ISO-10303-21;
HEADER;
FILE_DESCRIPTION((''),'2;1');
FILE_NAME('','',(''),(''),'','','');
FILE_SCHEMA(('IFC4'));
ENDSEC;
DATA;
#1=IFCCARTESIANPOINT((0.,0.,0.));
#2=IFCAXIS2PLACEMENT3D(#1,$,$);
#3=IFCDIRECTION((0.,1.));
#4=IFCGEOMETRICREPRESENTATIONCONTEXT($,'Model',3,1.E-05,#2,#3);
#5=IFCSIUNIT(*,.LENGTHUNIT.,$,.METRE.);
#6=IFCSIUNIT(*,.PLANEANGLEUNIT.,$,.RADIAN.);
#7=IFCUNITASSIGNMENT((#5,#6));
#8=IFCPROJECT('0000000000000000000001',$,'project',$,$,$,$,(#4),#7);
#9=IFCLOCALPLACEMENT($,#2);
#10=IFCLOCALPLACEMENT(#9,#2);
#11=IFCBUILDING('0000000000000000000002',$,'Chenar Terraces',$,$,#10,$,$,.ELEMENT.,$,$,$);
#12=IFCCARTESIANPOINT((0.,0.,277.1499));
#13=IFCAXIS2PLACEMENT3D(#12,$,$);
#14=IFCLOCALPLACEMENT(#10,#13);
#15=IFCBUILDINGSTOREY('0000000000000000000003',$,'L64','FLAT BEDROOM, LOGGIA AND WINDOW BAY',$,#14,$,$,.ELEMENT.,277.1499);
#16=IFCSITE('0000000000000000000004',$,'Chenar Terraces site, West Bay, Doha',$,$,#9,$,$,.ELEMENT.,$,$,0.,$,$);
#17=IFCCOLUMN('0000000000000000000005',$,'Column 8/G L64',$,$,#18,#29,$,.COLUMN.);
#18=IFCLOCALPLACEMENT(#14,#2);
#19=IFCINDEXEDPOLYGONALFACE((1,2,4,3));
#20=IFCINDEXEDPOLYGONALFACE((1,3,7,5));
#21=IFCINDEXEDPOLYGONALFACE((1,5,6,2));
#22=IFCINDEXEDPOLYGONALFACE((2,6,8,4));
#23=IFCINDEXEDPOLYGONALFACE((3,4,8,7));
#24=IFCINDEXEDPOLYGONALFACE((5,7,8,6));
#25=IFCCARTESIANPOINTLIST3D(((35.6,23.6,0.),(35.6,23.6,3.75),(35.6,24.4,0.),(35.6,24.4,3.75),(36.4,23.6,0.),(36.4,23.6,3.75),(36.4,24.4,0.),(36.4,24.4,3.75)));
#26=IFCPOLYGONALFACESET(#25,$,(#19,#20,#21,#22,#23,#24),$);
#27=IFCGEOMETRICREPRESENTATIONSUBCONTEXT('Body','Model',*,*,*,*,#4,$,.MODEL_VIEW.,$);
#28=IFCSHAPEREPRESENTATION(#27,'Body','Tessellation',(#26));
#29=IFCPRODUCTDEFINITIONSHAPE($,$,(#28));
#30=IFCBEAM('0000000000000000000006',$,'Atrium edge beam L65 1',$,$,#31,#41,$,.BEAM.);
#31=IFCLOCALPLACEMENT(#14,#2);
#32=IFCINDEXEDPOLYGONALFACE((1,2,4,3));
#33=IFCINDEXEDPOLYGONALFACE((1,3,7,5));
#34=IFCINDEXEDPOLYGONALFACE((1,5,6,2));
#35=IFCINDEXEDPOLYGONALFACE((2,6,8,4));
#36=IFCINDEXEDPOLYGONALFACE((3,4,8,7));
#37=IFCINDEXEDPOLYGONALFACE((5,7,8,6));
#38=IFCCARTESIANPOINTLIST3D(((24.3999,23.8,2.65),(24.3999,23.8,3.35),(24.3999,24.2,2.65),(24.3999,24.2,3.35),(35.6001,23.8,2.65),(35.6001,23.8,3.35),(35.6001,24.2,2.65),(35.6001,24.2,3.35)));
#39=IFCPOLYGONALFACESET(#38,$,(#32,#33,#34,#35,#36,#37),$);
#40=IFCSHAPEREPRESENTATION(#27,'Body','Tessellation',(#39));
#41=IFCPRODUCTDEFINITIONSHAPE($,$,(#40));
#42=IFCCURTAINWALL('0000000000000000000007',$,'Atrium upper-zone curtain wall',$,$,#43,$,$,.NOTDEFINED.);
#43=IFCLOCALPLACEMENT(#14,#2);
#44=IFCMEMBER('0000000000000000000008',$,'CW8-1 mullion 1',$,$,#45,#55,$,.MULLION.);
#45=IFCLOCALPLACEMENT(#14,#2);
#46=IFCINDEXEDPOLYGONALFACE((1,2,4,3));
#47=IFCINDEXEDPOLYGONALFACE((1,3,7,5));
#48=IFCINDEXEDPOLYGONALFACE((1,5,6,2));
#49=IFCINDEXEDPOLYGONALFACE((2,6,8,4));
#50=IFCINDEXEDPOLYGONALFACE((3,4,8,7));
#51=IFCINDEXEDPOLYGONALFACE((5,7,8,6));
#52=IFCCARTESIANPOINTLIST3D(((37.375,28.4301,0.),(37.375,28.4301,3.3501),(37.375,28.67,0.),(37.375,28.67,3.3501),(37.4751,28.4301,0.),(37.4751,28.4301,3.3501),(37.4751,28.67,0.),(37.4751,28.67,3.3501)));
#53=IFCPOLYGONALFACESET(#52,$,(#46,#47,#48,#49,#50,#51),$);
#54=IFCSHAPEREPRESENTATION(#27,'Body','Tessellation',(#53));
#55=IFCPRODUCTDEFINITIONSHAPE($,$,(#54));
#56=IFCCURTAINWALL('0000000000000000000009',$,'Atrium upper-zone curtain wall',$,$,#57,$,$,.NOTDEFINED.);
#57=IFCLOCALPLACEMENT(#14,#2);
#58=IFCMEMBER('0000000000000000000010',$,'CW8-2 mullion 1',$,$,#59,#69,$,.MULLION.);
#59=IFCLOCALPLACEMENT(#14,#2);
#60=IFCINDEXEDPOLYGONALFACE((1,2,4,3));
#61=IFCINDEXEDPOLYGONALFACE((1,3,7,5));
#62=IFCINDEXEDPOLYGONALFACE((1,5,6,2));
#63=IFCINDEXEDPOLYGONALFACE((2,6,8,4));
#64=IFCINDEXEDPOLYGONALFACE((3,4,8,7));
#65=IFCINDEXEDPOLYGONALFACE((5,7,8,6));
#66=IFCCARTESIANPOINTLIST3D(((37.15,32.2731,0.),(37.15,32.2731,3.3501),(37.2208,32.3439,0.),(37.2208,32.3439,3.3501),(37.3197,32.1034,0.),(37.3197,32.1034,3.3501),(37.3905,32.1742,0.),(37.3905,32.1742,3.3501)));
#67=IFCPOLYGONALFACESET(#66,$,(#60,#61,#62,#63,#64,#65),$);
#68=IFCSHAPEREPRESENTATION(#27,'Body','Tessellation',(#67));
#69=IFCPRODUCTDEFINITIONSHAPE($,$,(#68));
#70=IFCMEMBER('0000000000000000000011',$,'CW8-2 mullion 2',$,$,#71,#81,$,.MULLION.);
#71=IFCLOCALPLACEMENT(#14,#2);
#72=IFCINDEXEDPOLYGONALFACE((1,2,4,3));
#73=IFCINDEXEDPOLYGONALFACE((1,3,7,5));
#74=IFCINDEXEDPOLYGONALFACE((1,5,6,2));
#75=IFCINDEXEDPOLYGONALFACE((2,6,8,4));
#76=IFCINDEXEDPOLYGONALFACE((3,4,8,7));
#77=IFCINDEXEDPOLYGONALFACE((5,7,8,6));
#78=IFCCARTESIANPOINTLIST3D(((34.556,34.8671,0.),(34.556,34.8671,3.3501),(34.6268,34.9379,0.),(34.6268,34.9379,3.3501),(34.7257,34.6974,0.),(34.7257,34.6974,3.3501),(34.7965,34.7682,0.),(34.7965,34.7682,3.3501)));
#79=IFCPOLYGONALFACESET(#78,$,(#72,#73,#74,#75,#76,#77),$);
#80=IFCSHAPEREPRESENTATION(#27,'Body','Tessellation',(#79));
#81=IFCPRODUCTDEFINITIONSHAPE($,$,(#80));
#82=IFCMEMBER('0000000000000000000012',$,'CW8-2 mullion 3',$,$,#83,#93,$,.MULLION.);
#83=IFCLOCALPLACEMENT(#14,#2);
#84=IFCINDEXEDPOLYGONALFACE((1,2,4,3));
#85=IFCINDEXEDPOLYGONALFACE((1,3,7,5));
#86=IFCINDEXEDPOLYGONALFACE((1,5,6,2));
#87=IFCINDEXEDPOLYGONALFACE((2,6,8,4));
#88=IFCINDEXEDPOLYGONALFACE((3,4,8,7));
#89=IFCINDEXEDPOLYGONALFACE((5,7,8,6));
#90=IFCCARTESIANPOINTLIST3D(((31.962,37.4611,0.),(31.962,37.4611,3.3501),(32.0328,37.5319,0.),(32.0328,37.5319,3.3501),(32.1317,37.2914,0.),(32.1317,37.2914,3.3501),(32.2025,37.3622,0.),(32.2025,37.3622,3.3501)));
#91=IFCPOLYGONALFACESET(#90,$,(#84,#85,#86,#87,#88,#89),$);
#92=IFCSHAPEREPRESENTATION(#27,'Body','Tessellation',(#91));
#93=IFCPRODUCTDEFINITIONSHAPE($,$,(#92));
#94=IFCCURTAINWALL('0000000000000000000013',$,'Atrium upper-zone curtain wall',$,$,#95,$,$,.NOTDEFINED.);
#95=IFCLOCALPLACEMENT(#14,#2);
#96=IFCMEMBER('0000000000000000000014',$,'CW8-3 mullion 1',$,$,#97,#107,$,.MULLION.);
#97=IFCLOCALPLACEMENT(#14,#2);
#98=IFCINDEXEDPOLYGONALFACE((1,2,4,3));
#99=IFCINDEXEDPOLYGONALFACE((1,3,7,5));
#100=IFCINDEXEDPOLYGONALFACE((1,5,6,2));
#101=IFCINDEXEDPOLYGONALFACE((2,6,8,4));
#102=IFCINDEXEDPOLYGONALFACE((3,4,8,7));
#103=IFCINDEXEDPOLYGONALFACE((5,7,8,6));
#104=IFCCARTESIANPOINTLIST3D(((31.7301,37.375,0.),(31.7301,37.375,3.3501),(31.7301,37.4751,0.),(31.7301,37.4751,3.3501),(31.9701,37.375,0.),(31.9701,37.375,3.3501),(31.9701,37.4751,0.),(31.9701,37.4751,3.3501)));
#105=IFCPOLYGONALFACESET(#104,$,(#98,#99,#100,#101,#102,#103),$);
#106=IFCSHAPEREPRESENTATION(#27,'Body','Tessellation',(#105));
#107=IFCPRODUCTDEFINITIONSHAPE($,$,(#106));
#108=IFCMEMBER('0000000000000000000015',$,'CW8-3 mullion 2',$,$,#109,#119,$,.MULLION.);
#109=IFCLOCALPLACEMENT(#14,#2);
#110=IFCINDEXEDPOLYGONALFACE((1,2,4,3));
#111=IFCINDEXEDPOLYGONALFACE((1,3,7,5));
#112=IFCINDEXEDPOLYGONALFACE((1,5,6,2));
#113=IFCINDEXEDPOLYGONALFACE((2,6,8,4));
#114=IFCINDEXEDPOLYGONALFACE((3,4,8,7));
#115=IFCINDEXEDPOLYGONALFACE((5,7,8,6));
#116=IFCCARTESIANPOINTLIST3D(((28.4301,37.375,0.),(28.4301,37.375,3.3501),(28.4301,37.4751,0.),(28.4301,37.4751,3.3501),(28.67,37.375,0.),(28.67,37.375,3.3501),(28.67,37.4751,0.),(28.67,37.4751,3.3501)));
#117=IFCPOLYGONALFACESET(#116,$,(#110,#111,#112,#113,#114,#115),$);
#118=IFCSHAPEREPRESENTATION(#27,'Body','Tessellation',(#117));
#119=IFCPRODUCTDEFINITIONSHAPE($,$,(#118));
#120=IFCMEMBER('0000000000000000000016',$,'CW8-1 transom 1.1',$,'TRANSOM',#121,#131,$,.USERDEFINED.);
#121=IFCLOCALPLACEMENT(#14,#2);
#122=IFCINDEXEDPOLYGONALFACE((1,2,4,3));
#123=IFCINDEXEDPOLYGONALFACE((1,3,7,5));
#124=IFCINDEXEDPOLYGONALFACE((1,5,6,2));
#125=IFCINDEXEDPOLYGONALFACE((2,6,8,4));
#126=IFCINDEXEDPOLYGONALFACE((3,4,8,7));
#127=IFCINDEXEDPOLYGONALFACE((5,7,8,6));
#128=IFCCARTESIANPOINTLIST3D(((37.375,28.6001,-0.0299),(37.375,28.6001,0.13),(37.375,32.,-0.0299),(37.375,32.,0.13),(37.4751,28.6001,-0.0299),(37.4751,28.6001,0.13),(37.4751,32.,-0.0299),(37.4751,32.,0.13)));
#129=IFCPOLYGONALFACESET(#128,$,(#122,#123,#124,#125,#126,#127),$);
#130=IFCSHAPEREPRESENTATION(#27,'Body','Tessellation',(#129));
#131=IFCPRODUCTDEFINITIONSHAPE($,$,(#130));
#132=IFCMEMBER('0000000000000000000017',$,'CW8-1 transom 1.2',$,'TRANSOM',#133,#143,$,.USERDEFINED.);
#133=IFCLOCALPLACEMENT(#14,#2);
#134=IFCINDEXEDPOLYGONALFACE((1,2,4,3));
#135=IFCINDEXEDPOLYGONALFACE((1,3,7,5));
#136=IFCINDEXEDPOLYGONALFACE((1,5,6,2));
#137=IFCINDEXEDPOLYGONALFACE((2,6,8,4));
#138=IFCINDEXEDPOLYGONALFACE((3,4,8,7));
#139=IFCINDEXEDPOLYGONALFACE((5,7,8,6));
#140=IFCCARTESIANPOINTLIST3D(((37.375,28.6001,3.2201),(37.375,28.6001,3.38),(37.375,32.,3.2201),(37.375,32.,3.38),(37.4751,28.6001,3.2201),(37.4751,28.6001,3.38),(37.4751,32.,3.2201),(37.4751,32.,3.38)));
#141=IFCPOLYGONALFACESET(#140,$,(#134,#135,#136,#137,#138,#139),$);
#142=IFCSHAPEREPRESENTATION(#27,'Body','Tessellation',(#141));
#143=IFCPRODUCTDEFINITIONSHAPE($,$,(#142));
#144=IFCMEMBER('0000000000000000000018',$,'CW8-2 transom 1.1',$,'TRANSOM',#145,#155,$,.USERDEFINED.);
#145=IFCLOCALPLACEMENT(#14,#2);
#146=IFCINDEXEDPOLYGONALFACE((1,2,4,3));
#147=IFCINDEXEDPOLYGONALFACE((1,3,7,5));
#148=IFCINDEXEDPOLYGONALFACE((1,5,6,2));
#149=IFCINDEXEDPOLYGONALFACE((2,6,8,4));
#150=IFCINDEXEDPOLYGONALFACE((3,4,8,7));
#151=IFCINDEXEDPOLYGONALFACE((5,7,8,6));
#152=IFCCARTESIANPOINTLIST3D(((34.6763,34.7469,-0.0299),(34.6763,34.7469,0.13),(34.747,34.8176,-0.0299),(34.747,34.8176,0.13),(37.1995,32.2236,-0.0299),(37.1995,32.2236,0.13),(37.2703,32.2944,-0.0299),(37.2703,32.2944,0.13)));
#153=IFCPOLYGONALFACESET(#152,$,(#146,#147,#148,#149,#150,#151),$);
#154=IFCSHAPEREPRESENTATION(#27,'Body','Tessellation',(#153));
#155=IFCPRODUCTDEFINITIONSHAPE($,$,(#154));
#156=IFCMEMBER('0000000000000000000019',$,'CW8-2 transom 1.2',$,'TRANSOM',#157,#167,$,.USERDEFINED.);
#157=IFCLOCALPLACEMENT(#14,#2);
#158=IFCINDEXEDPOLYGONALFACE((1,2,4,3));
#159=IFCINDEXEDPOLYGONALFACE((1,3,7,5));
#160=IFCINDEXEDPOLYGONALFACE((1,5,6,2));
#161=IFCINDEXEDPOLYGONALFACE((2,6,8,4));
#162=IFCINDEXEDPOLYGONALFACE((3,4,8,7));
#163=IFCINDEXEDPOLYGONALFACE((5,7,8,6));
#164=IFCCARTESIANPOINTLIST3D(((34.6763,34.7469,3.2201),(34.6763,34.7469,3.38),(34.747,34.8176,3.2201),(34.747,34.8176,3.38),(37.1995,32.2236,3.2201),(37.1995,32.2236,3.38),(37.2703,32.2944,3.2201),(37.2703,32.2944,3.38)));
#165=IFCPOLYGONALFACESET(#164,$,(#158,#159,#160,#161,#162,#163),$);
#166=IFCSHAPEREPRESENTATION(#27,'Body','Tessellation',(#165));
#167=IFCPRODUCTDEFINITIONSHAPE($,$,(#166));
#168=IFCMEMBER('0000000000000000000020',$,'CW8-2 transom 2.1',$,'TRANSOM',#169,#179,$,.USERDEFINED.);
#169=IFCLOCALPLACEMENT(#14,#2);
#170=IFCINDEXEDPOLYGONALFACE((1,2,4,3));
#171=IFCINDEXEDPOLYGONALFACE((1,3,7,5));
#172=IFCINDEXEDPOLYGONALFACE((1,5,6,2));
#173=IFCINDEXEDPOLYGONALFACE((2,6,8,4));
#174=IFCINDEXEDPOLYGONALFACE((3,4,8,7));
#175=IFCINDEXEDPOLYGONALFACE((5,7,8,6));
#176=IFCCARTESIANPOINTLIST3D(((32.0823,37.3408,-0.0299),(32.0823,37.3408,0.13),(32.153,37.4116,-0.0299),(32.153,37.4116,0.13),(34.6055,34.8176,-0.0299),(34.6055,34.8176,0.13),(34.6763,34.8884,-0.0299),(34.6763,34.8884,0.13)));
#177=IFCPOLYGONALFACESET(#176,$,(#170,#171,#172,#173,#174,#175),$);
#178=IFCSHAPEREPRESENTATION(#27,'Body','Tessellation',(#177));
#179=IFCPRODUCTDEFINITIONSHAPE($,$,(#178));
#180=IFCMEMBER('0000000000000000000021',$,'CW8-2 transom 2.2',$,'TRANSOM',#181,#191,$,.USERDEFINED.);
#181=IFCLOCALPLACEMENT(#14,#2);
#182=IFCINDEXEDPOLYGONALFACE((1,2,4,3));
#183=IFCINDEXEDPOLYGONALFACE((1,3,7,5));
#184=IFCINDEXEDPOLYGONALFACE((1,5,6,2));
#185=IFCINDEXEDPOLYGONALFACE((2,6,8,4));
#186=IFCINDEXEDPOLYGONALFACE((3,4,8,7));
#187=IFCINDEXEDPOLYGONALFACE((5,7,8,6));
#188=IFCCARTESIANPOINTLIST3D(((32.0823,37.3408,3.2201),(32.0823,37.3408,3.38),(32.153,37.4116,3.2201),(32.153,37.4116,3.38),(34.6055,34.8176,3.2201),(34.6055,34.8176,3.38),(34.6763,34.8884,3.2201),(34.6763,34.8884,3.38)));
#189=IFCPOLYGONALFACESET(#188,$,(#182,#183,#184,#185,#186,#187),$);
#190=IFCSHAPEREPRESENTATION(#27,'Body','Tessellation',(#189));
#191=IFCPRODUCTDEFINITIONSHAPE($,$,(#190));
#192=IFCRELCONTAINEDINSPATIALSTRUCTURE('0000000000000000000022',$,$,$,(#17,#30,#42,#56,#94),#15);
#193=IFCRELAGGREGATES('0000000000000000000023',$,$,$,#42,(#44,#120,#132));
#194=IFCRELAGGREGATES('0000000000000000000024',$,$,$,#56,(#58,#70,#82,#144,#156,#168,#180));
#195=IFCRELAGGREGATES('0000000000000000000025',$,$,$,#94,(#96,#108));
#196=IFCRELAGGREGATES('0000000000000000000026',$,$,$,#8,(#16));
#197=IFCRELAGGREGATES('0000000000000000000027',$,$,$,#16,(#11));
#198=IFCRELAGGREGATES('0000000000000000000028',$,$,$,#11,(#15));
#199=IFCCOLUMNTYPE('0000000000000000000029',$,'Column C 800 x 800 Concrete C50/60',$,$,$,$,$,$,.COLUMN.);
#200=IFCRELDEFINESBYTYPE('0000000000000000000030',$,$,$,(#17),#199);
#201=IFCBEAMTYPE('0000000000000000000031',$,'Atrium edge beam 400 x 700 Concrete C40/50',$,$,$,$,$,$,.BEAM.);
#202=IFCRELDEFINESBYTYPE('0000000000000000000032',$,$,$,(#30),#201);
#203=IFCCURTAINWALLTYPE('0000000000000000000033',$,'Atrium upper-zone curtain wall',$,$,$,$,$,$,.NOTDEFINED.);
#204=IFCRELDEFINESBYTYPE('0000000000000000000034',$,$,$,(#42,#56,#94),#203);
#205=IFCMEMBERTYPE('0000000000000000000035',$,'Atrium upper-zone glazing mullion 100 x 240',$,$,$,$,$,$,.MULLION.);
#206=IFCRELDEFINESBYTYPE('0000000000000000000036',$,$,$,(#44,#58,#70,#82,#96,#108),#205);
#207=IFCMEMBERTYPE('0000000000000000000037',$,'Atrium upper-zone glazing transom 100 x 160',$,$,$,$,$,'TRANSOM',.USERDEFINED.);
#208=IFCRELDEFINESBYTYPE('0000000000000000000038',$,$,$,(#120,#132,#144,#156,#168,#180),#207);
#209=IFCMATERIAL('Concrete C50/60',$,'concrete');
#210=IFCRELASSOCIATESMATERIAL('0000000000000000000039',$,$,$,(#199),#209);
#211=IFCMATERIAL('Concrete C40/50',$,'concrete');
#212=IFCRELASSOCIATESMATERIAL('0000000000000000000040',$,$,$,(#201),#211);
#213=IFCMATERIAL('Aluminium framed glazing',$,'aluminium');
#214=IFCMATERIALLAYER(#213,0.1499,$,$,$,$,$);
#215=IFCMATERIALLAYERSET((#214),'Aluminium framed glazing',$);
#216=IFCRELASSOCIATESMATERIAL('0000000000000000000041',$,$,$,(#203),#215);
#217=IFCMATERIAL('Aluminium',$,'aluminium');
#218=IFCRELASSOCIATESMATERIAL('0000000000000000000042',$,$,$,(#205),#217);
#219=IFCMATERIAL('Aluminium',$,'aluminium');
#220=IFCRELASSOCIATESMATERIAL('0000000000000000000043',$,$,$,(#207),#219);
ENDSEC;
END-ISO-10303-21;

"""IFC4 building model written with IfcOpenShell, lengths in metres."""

from ifc_helpers import new_model, si_unit, direction, frame, origin, origin_2d, place, context, subcontext, project, spatial, rectangle, extrude, material, layer, layer_set, material_profile, profile_set, type_object, element, aggregate, save


model = new_model("IFC4")

# Units and contexts
model_context = context("Model", 3, precision=1e-05, world=origin(), true_north=direction((0.0, 1.0)))
body_context = subcontext(model_context, "Body", "Model", "MODEL_VIEW")
ifc_project = project(units=[si_unit("LENGTHUNIT", "METRE"), si_unit("PLANEANGLEUNIT", "RADIAN")], contexts=[model_context])

# Site, building, storey
site_placement = place(None, origin())
site = spatial("IfcSite", under=ifc_project, at=site_placement, Name="Chenar Terraces site, West Bay, Doha", CompositionType="ELEMENT", RefElevation=0.0)
building_placement = place(site_placement, origin())
building = spatial("IfcBuilding", under=site, at=building_placement, Name="Chenar Terraces", CompositionType="ELEMENT")
storey_placement = place(building_placement, frame((0.0, 0.0, 277.1499)))
storey = spatial("IfcBuildingStorey", under=building, at=storey_placement, Name="L64", Description="FLAT BEDROOM, LOGGIA AND WINDOW BAY", CompositionType="ELEMENT", Elevation=277.1499)

# Column
ifc_material_1 = material(Name="Concrete C50/60", Category="concrete")
ifc_material_profile_1 = material_profile(ifc_material_1, rectangle(XDim=0.8, YDim=0.8, at=origin_2d()), Name="C 800 x 800")
ifc_profile_set_1 = profile_set([ifc_material_profile_1], Name="Concrete C50/60")
column_type = type_object("IfcColumnType", Name="Column C 800 x 800 Concrete C50/60", PredefinedType="COLUMN", material=ifc_profile_set_1)
column_placement = place(storey_placement, frame((36.0, 24.0, 0.0), z_axis=(0.0, 0.0, 1.0), x_axis=(1.0, 0.0, 0.0)))
element("IfcColumn", 1, at=column_placement, inside=storey, type_object=column_type, Name="Column 8/G L64", PredefinedType="COLUMN", context=body_context, shape_type="SweptSolid", body=[
    extrude(rectangle(XDim=0.8, YDim=0.8, at=origin_2d()), origin(), (0.0, 0.0, 1.0), 3.75),
])

# Beam
ifc_material_2 = material(Name="Concrete C40/50", Category="concrete")
ifc_material_profile_2 = material_profile(ifc_material_2, rectangle(XDim=0.3999, YDim=0.7, at=origin_2d()), Name="RC 400 x 700")
ifc_profile_set_2 = profile_set([ifc_material_profile_2], Name="Concrete C40/50")
beam_type = type_object("IfcBeamType", Name="Atrium edge beam 400 x 700 Concrete C40/50", PredefinedType="BEAM", material=ifc_profile_set_2)
beam_placement = place(storey_placement, frame((24.3999, 24.0, 3.0), z_axis=(1.0, 0.0, 0.0), x_axis=(0.0, 1.0, 0.0)))
element("IfcBeam", 2, at=beam_placement, inside=storey, type_object=beam_type, Name="Atrium edge beam L65 1", PredefinedType="BEAM", context=body_context, shape_type="SweptSolid", body=[
    extrude(rectangle(XDim=0.3999, YDim=0.7, at=origin_2d()), origin(), (0.0, 0.0, 1.0), 11.2002),
])

# Curtain wall, member
ifc_material_3 = material(Name="Aluminium framed glazing", Category="aluminium")
ifc_layer_1 = layer(ifc_material_3, 0.1499)
ifc_layer_set_1 = layer_set([ifc_layer_1], Name="Aluminium framed glazing")
curtain_wall_type = type_object("IfcCurtainWallType", Name="Atrium upper-zone curtain wall", PredefinedType="NOTDEFINED", material=ifc_layer_set_1)
placement = place(storey_placement, origin())
curtain_wall_1 = element("IfcCurtainWall", 3, at=placement, inside=storey, type_object=curtain_wall_type, Name="Atrium upper-zone curtain wall", PredefinedType="NOTDEFINED")
ifc_material_4 = material(Name="Aluminium", Category="aluminium")
ifc_material_profile_3 = material_profile(ifc_material_4, rectangle(XDim=0.1001, YDim=0.24, at=origin_2d()), Name="Atrium upper-zone glazing mullion 100 x 240")
ifc_profile_set_3 = profile_set([ifc_material_profile_3], Name="Aluminium")
member_type_1 = type_object("IfcMemberType", Name="Atrium upper-zone glazing mullion 100 x 240", PredefinedType="MULLION", material=ifc_profile_set_3)
member_1_placement = place(storey_placement, frame((37.425, 28.55, 0.0), z_axis=(0.0, 0.0, 1.0), x_axis=(-1.0, 0.0, 0.0)))
member_1 = element("IfcMember", 4, at=member_1_placement, type_object=member_type_1, Name="CW8-1 mullion 1", PredefinedType="MULLION", context=body_context, shape_type="SweptSolid", body=[
    extrude(rectangle(XDim=0.1001, YDim=0.24, at=origin_2d()), origin(), (0.0, 0.0, 1.0), 3.3501),
])

# Curtain walls, members
curtain_wall_2 = element("IfcCurtainWall", 5, at=placement, inside=storey, type_object=curtain_wall_type, Name="Atrium upper-zone curtain wall", PredefinedType="NOTDEFINED")
member_2_placement = place(storey_placement, frame((37.2703, 32.2236, 0.0), z_axis=(0.0, 0.0, 1.0), x_axis=(-0.707107, -0.707107, 0.0)))
member_2 = element("IfcMember", 6, at=member_2_placement, type_object=member_type_1, Name="CW8-2 mullion 1", PredefinedType="MULLION", context=body_context, shape_type="SweptSolid", body=[
    extrude(rectangle(XDim=0.1001, YDim=0.24, at=origin_2d()), origin(), (0.0, 0.0, 1.0), 3.3501),
])
member_3_placement = place(storey_placement, frame((34.6763, 34.8176, 0.0), z_axis=(0.0, 0.0, 1.0), x_axis=(-0.707107, -0.707107, 0.0)))
member_3 = element("IfcMember", 7, at=member_3_placement, type_object=member_type_1, Name="CW8-2 mullion 2", PredefinedType="MULLION", context=body_context, shape_type="SweptSolid", body=[
    extrude(rectangle(XDim=0.1001, YDim=0.24, at=origin_2d()), origin(), (0.0, 0.0, 1.0), 3.3501),
])
member_4_placement = place(storey_placement, frame((32.0823, 37.4116, 0.0), z_axis=(0.0, 0.0, 1.0), x_axis=(-0.707107, -0.707107, 0.0)))
member_4 = element("IfcMember", 8, at=member_4_placement, type_object=member_type_1, Name="CW8-2 mullion 3", PredefinedType="MULLION", context=body_context, shape_type="SweptSolid", body=[
    extrude(rectangle(XDim=0.1001, YDim=0.24, at=origin_2d()), origin(), (0.0, 0.0, 1.0), 3.3501),
])
curtain_wall_3 = element("IfcCurtainWall", 9, at=placement, inside=storey, type_object=curtain_wall_type, Name="Atrium upper-zone curtain wall", PredefinedType="NOTDEFINED")
member_5_placement = place(storey_placement, frame((31.8501, 37.425, 0.0), z_axis=(0.0, 0.0, 1.0), x_axis=(0.0, -1.0, 0.0)))
member_5 = element("IfcMember", 10, at=member_5_placement, type_object=member_type_1, Name="CW8-3 mullion 1", PredefinedType="MULLION", context=body_context, shape_type="SweptSolid", body=[
    extrude(rectangle(XDim=0.1001, YDim=0.24, at=origin_2d()), origin(), (0.0, 0.0, 1.0), 3.3501),
])
member_6_placement = place(storey_placement, frame((28.55, 37.425, 0.0), z_axis=(0.0, 0.0, 1.0), x_axis=(0.0, -1.0, 0.0)))
member_6 = element("IfcMember", 11, at=member_6_placement, type_object=member_type_1, Name="CW8-3 mullion 2", PredefinedType="MULLION", context=body_context, shape_type="SweptSolid", body=[
    extrude(rectangle(XDim=0.1001, YDim=0.24, at=origin_2d()), origin(), (0.0, 0.0, 1.0), 3.3501),
])

# Members
ifc_material_5 = material(Name="Aluminium", Category="aluminium")
ifc_material_profile_4 = material_profile(ifc_material_5, rectangle(XDim=0.1001, YDim=0.1599, at=origin_2d()), Name="Atrium upper-zone glazing transom 100 x 160")
ifc_profile_set_4 = profile_set([ifc_material_profile_4], Name="Aluminium")
member_type_2 = type_object("IfcMemberType", Name="Atrium upper-zone glazing transom 100 x 160", ElementType="TRANSOM", PredefinedType="USERDEFINED", material=ifc_profile_set_4)
member_7_placement = place(storey_placement, frame((37.425, 28.6001, 0.05), z_axis=(0.0, 1.0, 0.0), x_axis=(-1.0, 0.0, 0.0)))
member_7 = element("IfcMember", 12, at=member_7_placement, type_object=member_type_2, Name="CW8-1 transom 1.1", ObjectType="TRANSOM", PredefinedType="USERDEFINED", context=body_context, shape_type="SweptSolid", body=[
    extrude(rectangle(XDim=0.1001, YDim=0.1599, at=origin_2d()), origin(), (0.0, 0.0, 1.0), 3.3999),
])
member_8_placement = place(storey_placement, frame((37.425, 28.6001, 3.3), z_axis=(0.0, 1.0, 0.0), x_axis=(-1.0, 0.0, 0.0)))
member_8 = element("IfcMember", 13, at=member_8_placement, type_object=member_type_2, Name="CW8-1 transom 1.2", ObjectType="TRANSOM", PredefinedType="USERDEFINED", context=body_context, shape_type="SweptSolid", body=[
    extrude(rectangle(XDim=0.1001, YDim=0.1599, at=origin_2d()), origin(), (0.0, 0.0, 1.0), 3.3999),
])
aggregate(curtain_wall_1, [member_1, member_7, member_8])
member_9_placement = place(storey_placement, frame((37.2349, 32.259, 0.05), z_axis=(-0.707107, 0.707107, 0.0), x_axis=(-0.707107, -0.707107, 0.0)))
member_9 = element("IfcMember", 14, at=member_9_placement, type_object=member_type_2, Name="CW8-2 transom 1.1", ObjectType="TRANSOM", PredefinedType="USERDEFINED", context=body_context, shape_type="SweptSolid", body=[
    extrude(rectangle(XDim=0.1001, YDim=0.1599, at=origin_2d()), origin(), (0.0, 0.0, 1.0), 3.5684),
])
member_10_placement = place(storey_placement, frame((37.2349, 32.259, 3.3), z_axis=(-0.707107, 0.707107, 0.0), x_axis=(-0.707107, -0.707107, 0.0)))
member_10 = element("IfcMember", 15, at=member_10_placement, type_object=member_type_2, Name="CW8-2 transom 1.2", ObjectType="TRANSOM", PredefinedType="USERDEFINED", context=body_context, shape_type="SweptSolid", body=[
    extrude(rectangle(XDim=0.1001, YDim=0.1599, at=origin_2d()), origin(), (0.0, 0.0, 1.0), 3.5684),
])
member_11_placement = place(storey_placement, frame((34.6409, 34.853, 0.05), z_axis=(-0.707107, 0.707107, 0.0), x_axis=(-0.707107, -0.707107, 0.0)))
member_11 = element("IfcMember", 16, at=member_11_placement, type_object=member_type_2, Name="CW8-2 transom 2.1", ObjectType="TRANSOM", PredefinedType="USERDEFINED", context=body_context, shape_type="SweptSolid", body=[
    extrude(rectangle(XDim=0.1001, YDim=0.1599, at=origin_2d()), origin(), (0.0, 0.0, 1.0), 3.5684),
])
member_12_placement = place(storey_placement, frame((34.6409, 34.853, 3.3), z_axis=(-0.707107, 0.707107, 0.0), x_axis=(-0.707107, -0.707107, 0.0)))
member_12 = element("IfcMember", 17, at=member_12_placement, type_object=member_type_2, Name="CW8-2 transom 2.2", ObjectType="TRANSOM", PredefinedType="USERDEFINED", context=body_context, shape_type="SweptSolid", body=[
    extrude(rectangle(XDim=0.1001, YDim=0.1599, at=origin_2d()), origin(), (0.0, 0.0, 1.0), 3.5684),
])

aggregate(curtain_wall_2, [member_2, member_3, member_4, member_9, member_10, member_11, member_12])
aggregate(curtain_wall_3, [member_5, member_6])

save(model, "model.ifc")
